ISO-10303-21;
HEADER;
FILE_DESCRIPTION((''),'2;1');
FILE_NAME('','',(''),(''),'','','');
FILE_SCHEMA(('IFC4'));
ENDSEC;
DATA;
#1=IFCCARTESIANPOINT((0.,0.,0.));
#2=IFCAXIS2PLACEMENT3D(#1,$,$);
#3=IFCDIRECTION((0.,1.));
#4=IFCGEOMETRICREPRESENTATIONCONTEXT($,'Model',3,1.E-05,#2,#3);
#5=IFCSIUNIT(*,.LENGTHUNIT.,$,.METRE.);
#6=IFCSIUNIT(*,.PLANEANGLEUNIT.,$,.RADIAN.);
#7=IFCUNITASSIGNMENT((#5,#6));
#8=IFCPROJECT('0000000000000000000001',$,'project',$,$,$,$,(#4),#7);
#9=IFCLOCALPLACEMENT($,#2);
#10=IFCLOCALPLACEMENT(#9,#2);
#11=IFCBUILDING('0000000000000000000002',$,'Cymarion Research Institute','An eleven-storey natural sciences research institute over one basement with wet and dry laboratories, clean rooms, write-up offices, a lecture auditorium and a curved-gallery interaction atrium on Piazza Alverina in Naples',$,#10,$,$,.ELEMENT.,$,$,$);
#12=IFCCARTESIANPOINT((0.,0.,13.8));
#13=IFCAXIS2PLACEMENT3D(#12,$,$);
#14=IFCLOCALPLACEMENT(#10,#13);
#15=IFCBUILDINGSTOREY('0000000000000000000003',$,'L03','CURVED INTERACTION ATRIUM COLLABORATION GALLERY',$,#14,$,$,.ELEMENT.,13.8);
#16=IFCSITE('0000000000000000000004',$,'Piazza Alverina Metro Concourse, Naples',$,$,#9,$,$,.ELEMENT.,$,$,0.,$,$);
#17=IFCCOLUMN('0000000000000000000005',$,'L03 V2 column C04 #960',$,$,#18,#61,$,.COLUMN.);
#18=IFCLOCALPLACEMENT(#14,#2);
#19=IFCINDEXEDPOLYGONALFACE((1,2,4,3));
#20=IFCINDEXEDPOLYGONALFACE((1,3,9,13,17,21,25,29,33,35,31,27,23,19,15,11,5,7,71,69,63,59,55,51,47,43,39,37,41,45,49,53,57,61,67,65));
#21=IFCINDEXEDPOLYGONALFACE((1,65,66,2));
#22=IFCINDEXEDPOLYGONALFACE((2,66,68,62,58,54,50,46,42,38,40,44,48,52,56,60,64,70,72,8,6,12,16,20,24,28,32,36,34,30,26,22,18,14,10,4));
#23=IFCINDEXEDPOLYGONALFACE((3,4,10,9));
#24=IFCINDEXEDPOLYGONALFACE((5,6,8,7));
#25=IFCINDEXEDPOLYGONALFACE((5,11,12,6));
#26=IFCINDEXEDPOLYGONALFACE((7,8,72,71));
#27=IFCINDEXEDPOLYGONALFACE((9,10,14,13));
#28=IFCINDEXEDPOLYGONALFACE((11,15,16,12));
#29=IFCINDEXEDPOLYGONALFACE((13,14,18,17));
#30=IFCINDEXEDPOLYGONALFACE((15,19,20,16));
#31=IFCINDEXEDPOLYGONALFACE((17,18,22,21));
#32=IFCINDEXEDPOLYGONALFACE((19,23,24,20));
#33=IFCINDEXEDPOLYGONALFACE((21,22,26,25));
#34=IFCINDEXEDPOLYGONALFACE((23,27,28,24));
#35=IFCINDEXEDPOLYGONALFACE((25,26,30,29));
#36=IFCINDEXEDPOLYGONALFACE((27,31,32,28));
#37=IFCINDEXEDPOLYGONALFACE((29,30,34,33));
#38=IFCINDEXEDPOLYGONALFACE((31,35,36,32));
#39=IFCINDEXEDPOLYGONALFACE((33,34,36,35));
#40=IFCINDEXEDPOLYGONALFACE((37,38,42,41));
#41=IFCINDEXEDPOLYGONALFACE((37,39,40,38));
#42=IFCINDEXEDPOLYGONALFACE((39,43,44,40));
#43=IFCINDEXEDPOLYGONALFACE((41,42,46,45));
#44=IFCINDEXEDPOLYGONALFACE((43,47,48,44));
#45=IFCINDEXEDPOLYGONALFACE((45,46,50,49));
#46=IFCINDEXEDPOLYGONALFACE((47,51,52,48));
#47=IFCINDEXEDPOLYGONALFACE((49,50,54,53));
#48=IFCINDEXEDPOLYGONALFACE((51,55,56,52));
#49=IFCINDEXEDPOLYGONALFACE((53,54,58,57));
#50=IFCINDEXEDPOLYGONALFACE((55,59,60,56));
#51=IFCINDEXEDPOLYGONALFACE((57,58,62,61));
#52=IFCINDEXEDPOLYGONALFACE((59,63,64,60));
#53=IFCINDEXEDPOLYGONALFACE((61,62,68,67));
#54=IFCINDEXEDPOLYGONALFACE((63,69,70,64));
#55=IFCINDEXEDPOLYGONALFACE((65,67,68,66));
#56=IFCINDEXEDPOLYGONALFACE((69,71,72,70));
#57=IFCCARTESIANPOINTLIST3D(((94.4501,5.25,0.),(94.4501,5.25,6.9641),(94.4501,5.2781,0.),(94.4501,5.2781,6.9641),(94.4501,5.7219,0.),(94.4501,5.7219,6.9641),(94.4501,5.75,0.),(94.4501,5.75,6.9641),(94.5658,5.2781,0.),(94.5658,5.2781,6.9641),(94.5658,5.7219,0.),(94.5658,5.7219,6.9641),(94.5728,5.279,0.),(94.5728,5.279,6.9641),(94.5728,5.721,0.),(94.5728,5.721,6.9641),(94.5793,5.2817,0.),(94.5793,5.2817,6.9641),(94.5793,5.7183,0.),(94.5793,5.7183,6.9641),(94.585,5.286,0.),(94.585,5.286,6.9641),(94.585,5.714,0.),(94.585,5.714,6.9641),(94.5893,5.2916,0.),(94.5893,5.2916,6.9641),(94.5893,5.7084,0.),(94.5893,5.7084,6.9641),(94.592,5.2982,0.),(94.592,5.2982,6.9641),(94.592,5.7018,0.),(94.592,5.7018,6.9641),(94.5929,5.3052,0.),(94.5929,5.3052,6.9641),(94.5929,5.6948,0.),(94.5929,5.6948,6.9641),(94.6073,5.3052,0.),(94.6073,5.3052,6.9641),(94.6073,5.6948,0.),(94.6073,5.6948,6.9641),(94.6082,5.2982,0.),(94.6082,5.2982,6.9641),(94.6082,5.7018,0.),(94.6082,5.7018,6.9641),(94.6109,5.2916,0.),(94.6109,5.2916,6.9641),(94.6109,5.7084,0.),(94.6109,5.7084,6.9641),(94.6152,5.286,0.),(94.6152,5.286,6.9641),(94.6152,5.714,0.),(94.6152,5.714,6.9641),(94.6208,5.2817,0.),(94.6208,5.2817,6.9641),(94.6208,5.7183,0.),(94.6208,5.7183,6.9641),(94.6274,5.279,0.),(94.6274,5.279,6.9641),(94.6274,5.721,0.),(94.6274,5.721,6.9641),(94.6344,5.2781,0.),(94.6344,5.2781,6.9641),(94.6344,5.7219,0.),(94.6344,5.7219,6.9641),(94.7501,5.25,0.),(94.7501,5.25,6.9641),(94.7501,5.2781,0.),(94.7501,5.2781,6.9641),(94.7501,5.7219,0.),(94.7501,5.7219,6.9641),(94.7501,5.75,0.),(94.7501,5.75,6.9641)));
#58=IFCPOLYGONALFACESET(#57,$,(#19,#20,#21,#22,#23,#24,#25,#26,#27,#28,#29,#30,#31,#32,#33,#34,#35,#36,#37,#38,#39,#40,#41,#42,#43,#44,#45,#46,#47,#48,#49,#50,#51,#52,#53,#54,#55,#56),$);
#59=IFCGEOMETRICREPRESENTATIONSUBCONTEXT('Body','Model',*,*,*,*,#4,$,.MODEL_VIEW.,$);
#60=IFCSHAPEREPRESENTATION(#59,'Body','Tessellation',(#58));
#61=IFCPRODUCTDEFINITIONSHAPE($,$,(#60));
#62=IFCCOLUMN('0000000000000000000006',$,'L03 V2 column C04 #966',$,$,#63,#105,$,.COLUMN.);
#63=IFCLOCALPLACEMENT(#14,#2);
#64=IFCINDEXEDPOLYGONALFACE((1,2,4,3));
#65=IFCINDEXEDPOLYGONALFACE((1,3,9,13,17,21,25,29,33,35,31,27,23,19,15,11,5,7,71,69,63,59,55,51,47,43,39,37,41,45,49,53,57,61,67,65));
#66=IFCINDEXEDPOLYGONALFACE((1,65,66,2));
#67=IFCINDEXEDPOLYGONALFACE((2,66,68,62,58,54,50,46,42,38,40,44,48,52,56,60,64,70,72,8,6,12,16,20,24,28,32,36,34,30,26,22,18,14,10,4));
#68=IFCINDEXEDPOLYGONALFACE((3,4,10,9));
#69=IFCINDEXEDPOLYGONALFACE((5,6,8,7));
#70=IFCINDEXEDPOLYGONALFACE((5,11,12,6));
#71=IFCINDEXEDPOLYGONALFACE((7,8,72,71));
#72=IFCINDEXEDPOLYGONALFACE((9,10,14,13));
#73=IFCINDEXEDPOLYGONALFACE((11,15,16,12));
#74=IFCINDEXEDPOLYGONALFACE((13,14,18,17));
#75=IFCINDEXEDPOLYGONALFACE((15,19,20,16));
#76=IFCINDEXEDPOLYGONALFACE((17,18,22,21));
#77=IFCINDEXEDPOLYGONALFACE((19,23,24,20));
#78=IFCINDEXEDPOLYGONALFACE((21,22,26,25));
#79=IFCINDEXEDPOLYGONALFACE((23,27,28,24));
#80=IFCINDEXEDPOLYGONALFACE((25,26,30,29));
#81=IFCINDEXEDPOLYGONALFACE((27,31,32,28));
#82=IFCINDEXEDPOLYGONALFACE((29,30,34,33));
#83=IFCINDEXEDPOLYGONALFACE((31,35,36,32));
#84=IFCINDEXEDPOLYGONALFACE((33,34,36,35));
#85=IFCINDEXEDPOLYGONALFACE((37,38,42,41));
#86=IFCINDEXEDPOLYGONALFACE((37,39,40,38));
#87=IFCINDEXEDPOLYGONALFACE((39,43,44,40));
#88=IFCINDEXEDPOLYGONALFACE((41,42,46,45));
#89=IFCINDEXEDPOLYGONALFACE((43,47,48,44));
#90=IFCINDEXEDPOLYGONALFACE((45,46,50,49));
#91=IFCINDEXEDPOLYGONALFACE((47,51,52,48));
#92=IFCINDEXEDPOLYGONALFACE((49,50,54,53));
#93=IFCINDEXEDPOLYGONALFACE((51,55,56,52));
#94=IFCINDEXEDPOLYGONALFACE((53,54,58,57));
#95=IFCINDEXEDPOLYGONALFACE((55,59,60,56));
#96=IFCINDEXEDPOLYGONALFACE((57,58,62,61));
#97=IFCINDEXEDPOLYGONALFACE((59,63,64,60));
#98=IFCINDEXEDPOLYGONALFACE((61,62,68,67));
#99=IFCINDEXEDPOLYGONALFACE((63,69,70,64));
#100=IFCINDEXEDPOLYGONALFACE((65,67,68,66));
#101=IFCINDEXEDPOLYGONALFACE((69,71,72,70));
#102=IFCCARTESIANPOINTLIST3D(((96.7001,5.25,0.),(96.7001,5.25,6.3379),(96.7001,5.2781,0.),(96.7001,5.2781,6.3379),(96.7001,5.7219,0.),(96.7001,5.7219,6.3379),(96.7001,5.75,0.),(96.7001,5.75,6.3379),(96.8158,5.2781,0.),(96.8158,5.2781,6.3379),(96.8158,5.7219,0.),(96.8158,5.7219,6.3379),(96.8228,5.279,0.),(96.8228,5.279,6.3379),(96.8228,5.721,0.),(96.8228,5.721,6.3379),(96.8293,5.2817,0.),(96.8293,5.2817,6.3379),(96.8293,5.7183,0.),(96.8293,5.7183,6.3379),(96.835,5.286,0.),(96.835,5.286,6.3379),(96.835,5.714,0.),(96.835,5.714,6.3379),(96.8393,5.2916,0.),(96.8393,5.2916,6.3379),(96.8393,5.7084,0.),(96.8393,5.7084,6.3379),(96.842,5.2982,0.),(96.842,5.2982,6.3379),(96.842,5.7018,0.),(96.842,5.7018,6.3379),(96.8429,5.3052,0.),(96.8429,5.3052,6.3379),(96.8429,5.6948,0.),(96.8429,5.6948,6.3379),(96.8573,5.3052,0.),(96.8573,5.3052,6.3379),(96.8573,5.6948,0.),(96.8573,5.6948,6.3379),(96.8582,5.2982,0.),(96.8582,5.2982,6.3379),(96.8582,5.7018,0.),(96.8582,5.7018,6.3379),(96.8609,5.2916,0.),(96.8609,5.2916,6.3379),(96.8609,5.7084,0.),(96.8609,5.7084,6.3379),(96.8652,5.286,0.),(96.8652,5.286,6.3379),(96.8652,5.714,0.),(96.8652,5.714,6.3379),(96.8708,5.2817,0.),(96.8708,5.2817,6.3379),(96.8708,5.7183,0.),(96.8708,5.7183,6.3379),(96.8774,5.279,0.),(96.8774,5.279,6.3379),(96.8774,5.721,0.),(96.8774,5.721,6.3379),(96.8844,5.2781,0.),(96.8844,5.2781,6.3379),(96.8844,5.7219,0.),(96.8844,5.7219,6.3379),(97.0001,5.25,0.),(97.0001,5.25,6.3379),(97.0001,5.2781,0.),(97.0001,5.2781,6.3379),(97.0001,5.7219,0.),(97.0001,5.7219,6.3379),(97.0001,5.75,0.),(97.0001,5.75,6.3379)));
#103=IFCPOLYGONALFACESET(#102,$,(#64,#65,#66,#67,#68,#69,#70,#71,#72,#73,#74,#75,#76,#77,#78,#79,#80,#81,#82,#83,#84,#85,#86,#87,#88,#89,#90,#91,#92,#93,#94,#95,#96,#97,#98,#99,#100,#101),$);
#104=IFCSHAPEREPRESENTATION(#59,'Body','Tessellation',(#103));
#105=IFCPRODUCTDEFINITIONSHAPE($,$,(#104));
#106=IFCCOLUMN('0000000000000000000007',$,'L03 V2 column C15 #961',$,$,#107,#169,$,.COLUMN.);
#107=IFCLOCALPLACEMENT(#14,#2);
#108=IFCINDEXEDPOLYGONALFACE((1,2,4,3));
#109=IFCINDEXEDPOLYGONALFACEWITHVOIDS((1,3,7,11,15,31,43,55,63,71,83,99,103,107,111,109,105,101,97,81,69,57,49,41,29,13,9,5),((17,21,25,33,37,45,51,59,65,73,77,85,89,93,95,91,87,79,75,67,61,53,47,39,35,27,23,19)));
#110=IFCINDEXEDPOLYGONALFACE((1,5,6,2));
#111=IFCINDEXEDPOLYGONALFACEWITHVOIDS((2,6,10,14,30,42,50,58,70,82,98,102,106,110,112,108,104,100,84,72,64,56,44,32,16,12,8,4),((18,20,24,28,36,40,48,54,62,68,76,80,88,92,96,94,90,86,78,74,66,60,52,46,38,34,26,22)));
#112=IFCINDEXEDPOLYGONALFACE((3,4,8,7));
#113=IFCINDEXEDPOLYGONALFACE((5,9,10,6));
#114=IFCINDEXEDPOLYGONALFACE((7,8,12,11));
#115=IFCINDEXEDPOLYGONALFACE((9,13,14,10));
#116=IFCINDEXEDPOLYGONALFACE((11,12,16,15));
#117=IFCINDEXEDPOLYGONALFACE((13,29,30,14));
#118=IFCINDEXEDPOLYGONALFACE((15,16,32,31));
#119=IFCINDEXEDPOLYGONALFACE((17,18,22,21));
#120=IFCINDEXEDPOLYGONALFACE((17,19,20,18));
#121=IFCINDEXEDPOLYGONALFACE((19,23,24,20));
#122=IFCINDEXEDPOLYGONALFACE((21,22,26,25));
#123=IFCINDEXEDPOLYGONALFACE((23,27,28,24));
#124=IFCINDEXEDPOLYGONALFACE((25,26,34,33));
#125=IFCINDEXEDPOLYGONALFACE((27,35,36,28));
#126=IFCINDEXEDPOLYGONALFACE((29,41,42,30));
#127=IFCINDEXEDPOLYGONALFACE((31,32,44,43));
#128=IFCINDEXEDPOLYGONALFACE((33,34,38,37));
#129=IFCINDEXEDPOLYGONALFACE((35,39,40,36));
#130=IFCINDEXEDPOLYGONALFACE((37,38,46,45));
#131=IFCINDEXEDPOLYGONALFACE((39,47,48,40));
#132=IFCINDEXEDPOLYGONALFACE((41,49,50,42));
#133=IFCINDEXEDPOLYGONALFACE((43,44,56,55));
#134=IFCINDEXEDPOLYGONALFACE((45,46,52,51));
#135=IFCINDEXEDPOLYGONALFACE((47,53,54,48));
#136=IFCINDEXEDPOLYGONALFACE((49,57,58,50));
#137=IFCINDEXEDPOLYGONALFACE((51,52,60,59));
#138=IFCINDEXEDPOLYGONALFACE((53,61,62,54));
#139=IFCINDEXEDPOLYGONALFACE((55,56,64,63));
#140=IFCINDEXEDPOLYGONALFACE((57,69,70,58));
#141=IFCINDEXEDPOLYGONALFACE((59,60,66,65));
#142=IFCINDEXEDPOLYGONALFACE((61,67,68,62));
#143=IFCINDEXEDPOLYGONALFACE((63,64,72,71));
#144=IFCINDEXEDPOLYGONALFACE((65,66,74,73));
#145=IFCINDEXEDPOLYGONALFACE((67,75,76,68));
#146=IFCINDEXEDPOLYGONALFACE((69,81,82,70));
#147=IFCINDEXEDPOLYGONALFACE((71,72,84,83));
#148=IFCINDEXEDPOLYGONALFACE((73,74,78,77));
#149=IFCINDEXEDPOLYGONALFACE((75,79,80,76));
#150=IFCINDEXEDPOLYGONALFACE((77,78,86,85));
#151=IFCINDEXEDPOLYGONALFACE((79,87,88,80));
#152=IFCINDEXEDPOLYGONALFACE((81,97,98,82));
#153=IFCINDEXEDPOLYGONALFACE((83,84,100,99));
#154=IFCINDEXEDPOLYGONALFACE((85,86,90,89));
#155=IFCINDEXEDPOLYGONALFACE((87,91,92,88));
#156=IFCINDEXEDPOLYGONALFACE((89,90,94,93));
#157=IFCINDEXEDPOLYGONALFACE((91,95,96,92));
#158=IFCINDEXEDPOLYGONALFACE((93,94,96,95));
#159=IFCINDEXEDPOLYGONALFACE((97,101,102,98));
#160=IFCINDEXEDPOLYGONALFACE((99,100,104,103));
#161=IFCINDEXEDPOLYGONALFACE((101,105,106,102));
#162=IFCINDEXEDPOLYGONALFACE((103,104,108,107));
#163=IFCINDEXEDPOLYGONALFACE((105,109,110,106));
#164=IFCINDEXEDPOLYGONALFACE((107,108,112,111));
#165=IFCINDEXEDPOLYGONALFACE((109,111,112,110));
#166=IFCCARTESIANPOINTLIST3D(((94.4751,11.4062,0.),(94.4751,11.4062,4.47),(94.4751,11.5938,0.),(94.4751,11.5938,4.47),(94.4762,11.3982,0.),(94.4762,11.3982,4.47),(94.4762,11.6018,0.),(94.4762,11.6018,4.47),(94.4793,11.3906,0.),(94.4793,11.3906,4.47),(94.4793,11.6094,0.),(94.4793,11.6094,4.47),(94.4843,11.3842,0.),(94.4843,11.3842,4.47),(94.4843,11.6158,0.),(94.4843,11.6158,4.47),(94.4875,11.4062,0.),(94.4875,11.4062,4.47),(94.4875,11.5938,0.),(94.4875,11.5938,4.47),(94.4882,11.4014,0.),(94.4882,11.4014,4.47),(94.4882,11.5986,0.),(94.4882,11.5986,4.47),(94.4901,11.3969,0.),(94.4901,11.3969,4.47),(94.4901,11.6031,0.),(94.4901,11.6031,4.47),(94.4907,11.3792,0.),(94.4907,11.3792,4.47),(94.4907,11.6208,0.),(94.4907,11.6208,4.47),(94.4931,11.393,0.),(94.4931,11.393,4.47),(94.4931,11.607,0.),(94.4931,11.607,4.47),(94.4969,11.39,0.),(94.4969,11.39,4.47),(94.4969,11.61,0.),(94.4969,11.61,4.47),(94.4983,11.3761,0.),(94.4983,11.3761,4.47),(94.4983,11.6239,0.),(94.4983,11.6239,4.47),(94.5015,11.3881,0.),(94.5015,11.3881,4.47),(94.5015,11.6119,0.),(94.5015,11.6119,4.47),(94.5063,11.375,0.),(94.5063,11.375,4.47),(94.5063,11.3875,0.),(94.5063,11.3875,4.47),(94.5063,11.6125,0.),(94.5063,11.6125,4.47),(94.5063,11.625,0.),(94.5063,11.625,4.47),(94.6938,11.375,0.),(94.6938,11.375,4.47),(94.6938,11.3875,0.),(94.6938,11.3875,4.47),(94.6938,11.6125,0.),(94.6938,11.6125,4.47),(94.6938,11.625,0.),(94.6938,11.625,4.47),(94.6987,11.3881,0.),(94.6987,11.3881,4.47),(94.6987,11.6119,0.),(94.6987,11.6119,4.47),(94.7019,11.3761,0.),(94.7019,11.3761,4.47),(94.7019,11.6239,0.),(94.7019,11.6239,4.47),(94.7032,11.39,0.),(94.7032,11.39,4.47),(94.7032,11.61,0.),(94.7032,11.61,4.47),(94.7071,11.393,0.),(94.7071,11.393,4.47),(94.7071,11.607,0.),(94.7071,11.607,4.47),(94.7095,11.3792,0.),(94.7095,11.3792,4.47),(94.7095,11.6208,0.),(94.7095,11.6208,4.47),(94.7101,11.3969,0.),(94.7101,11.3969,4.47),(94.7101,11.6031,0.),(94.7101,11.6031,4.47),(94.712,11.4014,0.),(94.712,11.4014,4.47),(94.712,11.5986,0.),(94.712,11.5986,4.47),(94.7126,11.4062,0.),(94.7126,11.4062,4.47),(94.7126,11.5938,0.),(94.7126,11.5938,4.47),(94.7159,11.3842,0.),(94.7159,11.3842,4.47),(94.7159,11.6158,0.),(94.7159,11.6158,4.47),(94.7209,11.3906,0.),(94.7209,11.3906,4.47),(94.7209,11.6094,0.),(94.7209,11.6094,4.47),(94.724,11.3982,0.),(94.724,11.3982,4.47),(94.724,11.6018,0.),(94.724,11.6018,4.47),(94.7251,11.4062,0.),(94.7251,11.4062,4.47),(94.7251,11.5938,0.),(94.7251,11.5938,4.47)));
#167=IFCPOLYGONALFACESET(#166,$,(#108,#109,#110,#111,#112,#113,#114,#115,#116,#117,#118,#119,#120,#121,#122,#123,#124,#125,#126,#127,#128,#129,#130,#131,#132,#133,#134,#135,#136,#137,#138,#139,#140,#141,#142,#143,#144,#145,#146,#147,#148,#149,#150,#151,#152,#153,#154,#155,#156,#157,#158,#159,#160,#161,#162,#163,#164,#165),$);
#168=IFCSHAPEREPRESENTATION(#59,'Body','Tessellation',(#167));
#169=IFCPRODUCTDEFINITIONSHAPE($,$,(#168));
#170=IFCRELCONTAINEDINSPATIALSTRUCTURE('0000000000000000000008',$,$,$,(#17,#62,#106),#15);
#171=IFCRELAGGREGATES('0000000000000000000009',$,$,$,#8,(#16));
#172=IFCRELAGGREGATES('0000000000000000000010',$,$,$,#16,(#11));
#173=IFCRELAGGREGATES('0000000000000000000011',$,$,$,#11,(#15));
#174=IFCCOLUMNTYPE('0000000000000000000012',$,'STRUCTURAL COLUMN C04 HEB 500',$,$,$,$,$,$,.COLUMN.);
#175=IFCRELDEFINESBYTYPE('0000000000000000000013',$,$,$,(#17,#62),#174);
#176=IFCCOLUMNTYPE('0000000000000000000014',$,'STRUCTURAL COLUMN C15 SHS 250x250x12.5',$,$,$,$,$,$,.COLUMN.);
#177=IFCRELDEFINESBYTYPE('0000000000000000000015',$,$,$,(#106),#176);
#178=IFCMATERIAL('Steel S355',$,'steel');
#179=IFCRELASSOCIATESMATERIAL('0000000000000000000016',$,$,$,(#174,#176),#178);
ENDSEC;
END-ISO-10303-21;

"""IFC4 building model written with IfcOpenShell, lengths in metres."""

from ifc_helpers import new_model, si_unit, direction, frame, origin, origin_2d, place, context, subcontext, project, spatial, hollow_rectangle, i_section, extrude, material, material_profile, profile_set, type_object, element, save


model = new_model("IFC4")

# Units and contexts
model_context = context("Model", 3, precision=1e-05, world=origin(), true_north=direction((0.0, 1.0)))
body_context = subcontext(model_context, "Body", "Model", "MODEL_VIEW")
ifc_project = project(units=[si_unit("LENGTHUNIT", "METRE"), si_unit("PLANEANGLEUNIT", "RADIAN")], contexts=[model_context])

# Site, building, storey
site_placement = place(None, origin())
site = spatial("IfcSite", under=ifc_project, at=site_placement, Name="Piazza Alverina Metro Concourse, Naples", CompositionType="ELEMENT", RefElevation=0.0)
building_placement = place(site_placement, origin())
building = spatial("IfcBuilding", under=site, at=building_placement, Name="Cymarion Research Institute", Description="An eleven-storey natural sciences research institute over one basement with wet and dry laboratories, clean rooms, write-up offices, a lecture auditorium and a curved-gallery interaction atrium on Piazza Alverina in Naples", CompositionType="ELEMENT")
storey_placement = place(building_placement, frame((0.0, 0.0, 13.8)))
storey = spatial("IfcBuildingStorey", under=building, at=storey_placement, Name="L03", Description="CURVED INTERACTION ATRIUM COLLABORATION GALLERY", CompositionType="ELEMENT", Elevation=13.8)

# Columns
ifc_material_1 = material(Name="Steel S355", Category="steel")
ifc_material_profile_1 = material_profile(ifc_material_1, i_section(OverallWidth=0.3, OverallDepth=0.5, WebThickness=0.0144, FlangeThickness=0.0281, FilletRadius=0.0271, at=origin_2d()), Name="HEB 500")
ifc_profile_set_1 = profile_set([ifc_material_profile_1], Name="Steel S355")
column_type_1 = type_object("IfcColumnType", Name="STRUCTURAL COLUMN C04 HEB 500", PredefinedType="COLUMN", material=ifc_profile_set_1)
column_1_placement = place(storey_placement, frame((94.6001, 5.5, 0.0), z_axis=(0.0, 0.0, 1.0), x_axis=(1.0, 0.0, 0.0)))
element("IfcColumn", 1, at=column_1_placement, inside=storey, type_object=column_type_1, Name="L03 V2 column C04 #960", PredefinedType="COLUMN", context=body_context, shape_type="SweptSolid", body=[
    extrude(i_section(OverallWidth=0.3, OverallDepth=0.5, WebThickness=0.0144, FlangeThickness=0.0281, FilletRadius=0.0271, at=origin_2d()), origin(), (0.0, 0.0, 1.0), 6.9641),
])
column_2_placement = place(storey_placement, frame((96.8501, 5.5, 0.0), z_axis=(0.0, 0.0, 1.0), x_axis=(1.0, 0.0, 0.0)))
element("IfcColumn", 2, at=column_2_placement, inside=storey, type_object=column_type_1, Name="L03 V2 column C04 #966", PredefinedType="COLUMN", context=body_context, shape_type="SweptSolid", body=[
    extrude(i_section(OverallWidth=0.3, OverallDepth=0.5, WebThickness=0.0144, FlangeThickness=0.0281, FilletRadius=0.0271, at=origin_2d()), origin(), (0.0, 0.0, 1.0), 6.3379),
])
ifc_material_profile_2 = material_profile(ifc_material_1, hollow_rectangle(XDim=0.25, YDim=0.25, WallThickness=0.0125, InnerFilletRadius=0.0188, OuterFilletRadius=0.0312, at=origin_2d()), Name="SHS 250x250x12.5")
ifc_profile_set_2 = profile_set([ifc_material_profile_2], Name="Steel S355")
column_type_2 = type_object("IfcColumnType", Name="STRUCTURAL COLUMN C15 SHS 250x250x12.5", PredefinedType="COLUMN", material=ifc_profile_set_2)
for number, where, z_axis, x_axis, name in (
    (3, (94.6001, 11.5, 0.0), (0.0, 0.0, 1.0), (1.0, 0.0, 0.0), "L03 V2 column C15 #961"),
):
    element("IfcColumn", number, at=place(storey_placement, frame(where, z_axis=z_axis, x_axis=x_axis)), inside=storey, type_object=column_type_2, Name=name, PredefinedType="COLUMN", context=body_context, shape_type="SweptSolid", body=[
        extrude(hollow_rectangle(XDim=0.25, YDim=0.25, WallThickness=0.0125, InnerFilletRadius=0.0188, OuterFilletRadius=0.0312, at=origin_2d()), origin(), (0.0, 0.0, 1.0), 4.47),
    ])

save(model, "model.ifc")
